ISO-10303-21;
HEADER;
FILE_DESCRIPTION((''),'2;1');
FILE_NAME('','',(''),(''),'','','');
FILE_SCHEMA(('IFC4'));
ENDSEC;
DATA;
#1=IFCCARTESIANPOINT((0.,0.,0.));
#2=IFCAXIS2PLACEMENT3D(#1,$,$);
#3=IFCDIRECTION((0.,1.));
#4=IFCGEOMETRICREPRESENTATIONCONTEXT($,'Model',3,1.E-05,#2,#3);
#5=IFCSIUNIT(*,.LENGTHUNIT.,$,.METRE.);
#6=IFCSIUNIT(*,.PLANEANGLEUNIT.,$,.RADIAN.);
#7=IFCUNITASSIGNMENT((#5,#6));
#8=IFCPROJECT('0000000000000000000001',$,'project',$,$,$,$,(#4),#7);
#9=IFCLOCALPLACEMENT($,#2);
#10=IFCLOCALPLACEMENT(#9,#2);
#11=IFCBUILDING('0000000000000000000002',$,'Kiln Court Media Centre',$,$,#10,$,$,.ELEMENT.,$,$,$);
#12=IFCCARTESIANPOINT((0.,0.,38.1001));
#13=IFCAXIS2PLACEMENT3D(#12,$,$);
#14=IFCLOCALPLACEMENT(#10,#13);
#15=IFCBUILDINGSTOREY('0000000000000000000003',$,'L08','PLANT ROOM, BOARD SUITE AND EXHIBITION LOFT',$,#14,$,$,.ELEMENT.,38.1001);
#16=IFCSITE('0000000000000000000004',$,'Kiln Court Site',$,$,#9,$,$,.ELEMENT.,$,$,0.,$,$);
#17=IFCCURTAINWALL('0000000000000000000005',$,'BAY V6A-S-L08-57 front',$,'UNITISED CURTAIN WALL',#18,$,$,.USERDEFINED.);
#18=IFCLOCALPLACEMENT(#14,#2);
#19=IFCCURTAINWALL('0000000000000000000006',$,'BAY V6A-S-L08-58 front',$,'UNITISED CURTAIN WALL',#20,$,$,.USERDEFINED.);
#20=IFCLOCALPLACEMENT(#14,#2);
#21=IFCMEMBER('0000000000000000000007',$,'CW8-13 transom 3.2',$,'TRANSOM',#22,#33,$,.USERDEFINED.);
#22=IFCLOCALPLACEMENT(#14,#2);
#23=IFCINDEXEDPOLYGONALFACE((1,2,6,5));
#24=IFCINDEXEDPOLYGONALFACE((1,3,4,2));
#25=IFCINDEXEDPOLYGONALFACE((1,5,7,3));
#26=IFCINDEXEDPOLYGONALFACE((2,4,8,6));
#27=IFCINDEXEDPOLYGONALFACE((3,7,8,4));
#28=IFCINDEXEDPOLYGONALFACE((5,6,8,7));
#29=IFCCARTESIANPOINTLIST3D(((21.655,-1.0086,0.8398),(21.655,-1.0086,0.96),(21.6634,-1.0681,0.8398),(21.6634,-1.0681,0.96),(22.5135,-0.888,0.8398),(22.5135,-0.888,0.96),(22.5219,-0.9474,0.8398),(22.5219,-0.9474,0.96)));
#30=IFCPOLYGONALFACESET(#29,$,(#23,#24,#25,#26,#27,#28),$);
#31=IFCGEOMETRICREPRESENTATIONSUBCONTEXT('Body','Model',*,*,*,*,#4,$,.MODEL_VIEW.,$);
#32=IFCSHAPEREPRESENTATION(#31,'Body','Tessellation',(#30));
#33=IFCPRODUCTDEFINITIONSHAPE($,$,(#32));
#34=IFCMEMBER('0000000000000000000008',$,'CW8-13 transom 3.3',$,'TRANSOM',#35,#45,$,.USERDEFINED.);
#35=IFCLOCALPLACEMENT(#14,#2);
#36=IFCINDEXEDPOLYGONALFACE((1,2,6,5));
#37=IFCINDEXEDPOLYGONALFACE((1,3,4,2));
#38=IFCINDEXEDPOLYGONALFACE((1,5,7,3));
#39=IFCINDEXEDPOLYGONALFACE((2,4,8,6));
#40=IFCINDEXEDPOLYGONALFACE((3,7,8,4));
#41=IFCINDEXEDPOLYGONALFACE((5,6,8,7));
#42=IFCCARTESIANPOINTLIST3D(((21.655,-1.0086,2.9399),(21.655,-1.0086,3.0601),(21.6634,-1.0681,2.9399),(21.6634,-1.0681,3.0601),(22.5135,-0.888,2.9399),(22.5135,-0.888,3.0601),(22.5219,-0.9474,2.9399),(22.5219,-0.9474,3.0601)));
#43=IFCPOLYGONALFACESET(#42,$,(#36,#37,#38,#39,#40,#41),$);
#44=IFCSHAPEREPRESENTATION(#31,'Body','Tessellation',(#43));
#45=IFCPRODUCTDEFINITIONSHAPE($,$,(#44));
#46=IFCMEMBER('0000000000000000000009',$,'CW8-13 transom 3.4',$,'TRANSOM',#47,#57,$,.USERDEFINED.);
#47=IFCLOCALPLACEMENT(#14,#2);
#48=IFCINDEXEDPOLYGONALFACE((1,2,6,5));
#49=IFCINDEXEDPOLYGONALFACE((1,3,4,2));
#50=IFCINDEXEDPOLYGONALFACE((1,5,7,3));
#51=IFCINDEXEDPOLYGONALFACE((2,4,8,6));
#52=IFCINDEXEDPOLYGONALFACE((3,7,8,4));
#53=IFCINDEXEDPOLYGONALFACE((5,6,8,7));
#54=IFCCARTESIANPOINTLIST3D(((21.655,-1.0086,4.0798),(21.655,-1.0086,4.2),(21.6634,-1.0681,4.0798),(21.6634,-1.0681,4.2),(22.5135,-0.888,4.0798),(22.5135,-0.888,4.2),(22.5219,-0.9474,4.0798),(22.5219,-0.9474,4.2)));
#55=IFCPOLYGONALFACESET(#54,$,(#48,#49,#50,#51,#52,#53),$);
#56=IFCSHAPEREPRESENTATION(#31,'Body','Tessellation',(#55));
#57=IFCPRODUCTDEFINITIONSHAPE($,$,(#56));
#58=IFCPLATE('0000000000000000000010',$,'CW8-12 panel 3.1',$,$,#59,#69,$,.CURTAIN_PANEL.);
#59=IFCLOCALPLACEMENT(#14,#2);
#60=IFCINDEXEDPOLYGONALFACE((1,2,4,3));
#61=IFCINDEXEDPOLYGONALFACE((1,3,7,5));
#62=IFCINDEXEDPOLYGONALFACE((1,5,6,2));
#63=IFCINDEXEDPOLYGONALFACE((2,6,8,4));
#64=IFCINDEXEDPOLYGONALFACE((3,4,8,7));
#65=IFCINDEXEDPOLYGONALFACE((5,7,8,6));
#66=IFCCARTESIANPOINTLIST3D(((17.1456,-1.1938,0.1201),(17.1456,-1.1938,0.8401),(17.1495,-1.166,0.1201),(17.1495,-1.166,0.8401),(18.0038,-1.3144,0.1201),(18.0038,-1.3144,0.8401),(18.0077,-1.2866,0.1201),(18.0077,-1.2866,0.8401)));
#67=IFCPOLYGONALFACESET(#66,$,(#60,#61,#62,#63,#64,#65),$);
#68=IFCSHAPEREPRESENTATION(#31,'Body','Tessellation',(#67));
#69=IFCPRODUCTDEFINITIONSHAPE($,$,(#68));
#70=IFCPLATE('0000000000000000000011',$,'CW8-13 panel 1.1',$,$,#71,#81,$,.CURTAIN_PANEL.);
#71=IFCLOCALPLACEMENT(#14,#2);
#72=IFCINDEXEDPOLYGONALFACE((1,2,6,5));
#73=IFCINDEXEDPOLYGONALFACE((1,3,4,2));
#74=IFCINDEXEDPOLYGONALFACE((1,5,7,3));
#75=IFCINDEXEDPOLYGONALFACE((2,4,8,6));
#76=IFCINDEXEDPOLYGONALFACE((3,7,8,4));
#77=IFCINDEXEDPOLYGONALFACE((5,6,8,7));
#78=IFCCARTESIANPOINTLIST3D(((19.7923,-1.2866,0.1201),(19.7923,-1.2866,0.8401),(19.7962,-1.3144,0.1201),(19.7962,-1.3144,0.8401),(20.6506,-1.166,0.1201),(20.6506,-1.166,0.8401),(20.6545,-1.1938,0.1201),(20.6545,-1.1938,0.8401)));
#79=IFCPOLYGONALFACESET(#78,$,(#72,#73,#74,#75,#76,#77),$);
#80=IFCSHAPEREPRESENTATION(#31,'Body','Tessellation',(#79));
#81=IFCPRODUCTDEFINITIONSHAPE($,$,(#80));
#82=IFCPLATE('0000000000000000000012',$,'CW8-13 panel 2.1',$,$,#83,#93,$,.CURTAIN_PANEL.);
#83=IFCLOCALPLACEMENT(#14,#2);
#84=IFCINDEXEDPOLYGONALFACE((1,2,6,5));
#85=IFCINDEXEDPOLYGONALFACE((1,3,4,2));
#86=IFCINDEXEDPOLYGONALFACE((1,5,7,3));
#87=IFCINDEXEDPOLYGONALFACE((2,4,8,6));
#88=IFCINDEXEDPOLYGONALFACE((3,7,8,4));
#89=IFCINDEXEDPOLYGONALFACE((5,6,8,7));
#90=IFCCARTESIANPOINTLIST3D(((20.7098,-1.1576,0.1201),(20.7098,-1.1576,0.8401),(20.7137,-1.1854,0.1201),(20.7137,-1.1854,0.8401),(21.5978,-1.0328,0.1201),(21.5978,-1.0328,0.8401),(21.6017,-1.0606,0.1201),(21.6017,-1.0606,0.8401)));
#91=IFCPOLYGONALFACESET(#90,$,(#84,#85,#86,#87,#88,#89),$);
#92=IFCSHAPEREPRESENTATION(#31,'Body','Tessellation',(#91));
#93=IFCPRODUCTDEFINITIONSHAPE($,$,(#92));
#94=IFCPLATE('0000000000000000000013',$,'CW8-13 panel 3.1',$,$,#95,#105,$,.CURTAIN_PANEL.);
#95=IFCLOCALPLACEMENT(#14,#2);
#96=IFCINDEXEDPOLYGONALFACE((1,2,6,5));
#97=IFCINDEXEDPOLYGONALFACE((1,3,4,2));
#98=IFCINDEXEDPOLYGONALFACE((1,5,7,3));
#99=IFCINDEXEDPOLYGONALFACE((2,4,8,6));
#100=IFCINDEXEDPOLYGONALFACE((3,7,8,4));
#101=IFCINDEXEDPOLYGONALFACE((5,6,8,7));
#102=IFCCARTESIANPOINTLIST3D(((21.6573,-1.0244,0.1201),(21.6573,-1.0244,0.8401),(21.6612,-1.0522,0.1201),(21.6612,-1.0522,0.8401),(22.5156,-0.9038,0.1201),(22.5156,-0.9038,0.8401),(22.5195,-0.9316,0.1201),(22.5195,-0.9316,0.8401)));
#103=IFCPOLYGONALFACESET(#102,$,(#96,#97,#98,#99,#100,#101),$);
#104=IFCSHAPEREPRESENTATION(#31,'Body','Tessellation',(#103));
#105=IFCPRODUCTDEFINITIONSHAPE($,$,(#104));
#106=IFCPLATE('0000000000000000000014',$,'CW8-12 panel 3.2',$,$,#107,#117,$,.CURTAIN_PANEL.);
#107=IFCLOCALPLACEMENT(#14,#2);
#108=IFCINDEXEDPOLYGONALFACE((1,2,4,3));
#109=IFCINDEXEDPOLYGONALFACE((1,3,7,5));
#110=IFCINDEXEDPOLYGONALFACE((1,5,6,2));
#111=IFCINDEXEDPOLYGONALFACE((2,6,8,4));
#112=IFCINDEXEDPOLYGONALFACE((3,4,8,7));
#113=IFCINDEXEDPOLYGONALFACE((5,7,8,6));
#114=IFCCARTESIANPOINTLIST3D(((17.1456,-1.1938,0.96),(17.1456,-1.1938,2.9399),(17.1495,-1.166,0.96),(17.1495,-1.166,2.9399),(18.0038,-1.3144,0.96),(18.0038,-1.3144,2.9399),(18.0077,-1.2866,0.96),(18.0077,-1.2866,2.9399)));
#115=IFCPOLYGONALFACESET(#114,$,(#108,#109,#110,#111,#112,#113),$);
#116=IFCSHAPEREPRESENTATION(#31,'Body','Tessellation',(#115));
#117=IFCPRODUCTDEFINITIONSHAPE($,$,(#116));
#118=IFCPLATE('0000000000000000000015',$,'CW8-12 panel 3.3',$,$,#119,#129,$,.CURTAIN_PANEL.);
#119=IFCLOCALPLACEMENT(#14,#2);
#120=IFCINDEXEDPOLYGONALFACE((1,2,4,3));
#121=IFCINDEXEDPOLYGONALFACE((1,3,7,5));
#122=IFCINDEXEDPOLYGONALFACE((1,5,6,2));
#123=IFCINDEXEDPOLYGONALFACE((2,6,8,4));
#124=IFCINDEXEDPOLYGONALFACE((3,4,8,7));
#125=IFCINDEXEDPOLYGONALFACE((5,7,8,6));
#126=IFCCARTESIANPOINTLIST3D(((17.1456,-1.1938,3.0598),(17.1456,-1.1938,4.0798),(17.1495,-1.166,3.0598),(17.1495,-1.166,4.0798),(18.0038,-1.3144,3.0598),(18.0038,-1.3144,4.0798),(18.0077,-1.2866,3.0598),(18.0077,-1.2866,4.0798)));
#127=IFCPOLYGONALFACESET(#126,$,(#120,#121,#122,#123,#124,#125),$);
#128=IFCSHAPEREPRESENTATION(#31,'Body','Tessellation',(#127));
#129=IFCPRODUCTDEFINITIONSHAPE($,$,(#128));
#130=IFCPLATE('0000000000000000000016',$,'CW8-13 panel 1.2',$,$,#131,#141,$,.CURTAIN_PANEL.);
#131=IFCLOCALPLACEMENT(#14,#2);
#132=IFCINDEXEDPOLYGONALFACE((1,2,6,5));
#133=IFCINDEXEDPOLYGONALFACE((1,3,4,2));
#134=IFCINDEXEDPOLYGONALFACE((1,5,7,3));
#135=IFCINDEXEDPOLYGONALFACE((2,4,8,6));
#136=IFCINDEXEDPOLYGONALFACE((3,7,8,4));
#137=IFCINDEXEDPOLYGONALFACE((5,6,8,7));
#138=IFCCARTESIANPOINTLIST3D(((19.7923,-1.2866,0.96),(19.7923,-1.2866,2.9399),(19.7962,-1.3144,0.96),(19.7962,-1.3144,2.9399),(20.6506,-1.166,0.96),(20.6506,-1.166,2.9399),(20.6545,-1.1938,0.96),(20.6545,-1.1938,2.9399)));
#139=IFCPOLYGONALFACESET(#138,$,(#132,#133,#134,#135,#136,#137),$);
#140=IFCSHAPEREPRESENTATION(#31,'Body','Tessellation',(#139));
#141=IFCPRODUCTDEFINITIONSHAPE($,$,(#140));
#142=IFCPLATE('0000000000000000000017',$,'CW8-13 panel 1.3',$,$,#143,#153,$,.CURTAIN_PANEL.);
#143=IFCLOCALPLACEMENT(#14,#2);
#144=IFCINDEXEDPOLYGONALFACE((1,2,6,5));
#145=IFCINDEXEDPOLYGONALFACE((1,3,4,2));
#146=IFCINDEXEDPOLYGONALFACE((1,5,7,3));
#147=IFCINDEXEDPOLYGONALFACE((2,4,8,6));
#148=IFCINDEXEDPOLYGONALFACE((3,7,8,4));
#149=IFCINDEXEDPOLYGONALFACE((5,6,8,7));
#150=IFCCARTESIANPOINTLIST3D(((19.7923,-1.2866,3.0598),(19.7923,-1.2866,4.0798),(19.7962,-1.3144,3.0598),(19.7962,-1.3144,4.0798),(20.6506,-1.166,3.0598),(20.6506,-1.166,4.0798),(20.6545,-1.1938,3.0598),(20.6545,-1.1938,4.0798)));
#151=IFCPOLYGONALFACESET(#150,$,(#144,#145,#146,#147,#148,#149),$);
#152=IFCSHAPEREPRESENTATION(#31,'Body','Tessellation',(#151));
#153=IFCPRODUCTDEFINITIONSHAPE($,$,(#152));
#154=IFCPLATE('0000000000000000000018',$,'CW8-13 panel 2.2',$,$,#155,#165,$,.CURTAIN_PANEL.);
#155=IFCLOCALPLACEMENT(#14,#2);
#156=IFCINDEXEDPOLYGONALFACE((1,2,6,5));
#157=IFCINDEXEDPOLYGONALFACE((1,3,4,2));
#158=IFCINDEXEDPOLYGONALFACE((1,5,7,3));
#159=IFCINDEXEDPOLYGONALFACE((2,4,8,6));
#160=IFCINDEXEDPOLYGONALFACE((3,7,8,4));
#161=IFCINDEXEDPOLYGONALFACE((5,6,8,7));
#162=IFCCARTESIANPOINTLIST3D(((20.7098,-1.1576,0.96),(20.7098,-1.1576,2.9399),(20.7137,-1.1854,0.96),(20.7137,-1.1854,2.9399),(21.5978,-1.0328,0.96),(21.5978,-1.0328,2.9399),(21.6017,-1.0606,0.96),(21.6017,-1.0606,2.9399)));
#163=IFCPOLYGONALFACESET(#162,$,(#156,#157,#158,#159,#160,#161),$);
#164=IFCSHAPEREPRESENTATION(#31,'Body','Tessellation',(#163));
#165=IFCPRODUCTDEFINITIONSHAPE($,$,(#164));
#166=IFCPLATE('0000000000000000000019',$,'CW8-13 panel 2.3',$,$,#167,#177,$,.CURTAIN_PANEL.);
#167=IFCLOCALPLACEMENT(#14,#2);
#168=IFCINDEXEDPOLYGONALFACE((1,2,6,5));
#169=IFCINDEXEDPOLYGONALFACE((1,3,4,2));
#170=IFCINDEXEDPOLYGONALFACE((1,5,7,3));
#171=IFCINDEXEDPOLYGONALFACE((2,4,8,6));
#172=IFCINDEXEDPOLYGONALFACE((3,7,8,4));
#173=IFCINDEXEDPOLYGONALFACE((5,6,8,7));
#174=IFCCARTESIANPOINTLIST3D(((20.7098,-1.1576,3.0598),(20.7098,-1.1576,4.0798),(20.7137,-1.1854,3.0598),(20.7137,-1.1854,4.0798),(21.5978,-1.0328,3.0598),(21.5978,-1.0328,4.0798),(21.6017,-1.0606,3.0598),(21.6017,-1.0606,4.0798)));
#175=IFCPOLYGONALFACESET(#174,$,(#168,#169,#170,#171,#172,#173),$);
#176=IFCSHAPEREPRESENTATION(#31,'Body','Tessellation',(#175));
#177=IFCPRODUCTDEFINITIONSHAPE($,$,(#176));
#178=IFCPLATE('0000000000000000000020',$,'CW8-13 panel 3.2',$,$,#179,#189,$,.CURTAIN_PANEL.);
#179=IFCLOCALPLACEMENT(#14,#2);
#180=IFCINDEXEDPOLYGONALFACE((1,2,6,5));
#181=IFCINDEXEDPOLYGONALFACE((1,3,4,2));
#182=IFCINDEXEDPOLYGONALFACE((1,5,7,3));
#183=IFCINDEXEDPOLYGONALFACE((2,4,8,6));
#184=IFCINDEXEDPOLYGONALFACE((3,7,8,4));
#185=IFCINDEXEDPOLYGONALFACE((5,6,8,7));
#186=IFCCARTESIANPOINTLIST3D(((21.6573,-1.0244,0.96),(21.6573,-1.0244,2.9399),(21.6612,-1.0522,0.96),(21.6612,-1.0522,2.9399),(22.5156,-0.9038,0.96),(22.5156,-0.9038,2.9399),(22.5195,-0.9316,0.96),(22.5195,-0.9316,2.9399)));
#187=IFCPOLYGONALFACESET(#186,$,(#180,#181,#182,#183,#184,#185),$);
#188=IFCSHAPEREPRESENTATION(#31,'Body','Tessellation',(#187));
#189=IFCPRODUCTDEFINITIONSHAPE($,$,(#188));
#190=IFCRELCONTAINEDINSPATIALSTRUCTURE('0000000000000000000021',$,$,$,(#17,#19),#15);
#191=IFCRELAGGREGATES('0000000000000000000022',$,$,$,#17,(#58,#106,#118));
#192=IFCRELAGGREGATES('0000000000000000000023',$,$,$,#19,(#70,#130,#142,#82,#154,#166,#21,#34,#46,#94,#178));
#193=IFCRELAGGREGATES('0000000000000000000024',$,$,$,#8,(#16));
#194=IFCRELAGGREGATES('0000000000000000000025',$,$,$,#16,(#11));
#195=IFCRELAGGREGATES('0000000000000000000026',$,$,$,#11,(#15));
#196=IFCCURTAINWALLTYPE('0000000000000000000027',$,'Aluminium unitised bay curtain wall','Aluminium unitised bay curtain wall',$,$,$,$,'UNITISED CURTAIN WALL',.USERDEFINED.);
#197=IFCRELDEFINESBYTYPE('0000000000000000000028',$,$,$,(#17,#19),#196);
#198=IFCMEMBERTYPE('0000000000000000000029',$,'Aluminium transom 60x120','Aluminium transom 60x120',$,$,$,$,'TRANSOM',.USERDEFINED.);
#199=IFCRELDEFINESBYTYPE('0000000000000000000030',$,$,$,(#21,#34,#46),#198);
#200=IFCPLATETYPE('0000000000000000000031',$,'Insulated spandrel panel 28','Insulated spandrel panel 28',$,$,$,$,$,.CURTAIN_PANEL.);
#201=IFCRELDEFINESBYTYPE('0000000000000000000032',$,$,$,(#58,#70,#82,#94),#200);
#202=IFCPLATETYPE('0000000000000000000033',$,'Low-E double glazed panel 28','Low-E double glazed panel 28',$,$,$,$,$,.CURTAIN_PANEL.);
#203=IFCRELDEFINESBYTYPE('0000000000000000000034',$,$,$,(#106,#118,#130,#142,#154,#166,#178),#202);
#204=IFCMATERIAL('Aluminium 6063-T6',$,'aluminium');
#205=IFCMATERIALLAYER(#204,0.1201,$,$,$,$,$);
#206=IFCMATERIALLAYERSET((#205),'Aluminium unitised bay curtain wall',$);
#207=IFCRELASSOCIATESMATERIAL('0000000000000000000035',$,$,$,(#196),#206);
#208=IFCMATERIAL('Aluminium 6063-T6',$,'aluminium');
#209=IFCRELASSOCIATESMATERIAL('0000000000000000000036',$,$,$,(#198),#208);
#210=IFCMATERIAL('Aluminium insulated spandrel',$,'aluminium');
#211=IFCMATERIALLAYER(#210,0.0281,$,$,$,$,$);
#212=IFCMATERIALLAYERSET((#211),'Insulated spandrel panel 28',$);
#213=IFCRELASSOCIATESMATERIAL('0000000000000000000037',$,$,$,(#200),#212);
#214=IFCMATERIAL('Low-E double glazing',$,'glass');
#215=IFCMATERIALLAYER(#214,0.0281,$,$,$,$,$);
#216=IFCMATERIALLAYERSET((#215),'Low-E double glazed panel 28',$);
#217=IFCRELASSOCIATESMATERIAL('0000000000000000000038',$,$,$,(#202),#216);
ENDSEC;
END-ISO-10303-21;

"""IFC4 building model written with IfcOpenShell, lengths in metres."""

from ifc_helpers import new_model, si_unit, direction, frame, origin, origin_2d, place, context, subcontext, project, spatial, rectangle, extrude, material, layer, layer_set, material_profile, profile_set, type_object, element, aggregate, save


model = new_model("IFC4")

# Units and contexts
model_context = context("Model", 3, precision=1e-05, world=origin(), true_north=direction((0.0, 1.0)))
body_context = subcontext(model_context, "Body", "Model", "MODEL_VIEW")
ifc_project = project(units=[si_unit("LENGTHUNIT", "METRE"), si_unit("PLANEANGLEUNIT", "RADIAN")], contexts=[model_context])

# Site, building, storey
site_placement = place(None, origin())
site = spatial("IfcSite", under=ifc_project, at=site_placement, Name="Kiln Court Site", CompositionType="ELEMENT", RefElevation=0.0)
building_placement = place(site_placement, origin())
building = spatial("IfcBuilding", under=site, at=building_placement, Name="Kiln Court Media Centre", CompositionType="ELEMENT")
storey_placement = place(building_placement, frame((0.0, 0.0, 38.1001)))
storey = spatial("IfcBuildingStorey", under=building, at=storey_placement, Name="L08", Description="PLANT ROOM, BOARD SUITE AND EXHIBITION LOFT", CompositionType="ELEMENT", Elevation=38.1001)

# Curtain wall
ifc_material_1 = material(Name="Aluminium 6063-T6", Category="aluminium")
ifc_layer_1 = layer(ifc_material_1, 0.1201)
ifc_layer_set_1 = layer_set([ifc_layer_1], Name="Aluminium unitised bay curtain wall")
curtain_wall_type = type_object("IfcCurtainWallType", Name="Aluminium unitised bay curtain wall", Description="Aluminium unitised bay curtain wall", ElementType="UNITISED CURTAIN WALL", PredefinedType="USERDEFINED", material=ifc_layer_set_1)
curtain_wall_1_placement = place(storey_placement, origin())
curtain_wall_1 = element("IfcCurtainWall", 1, at=curtain_wall_1_placement, inside=storey, type_object=curtain_wall_type, Name="BAY V6A-S-L08-57 front", ObjectType="UNITISED CURTAIN WALL", PredefinedType="USERDEFINED")

# Curtain wall
curtain_wall_2_placement = place(storey_placement, origin())
curtain_wall_2 = element("IfcCurtainWall", 2, at=curtain_wall_2_placement, inside=storey, type_object=curtain_wall_type, Name="BAY V6A-S-L08-58 front", ObjectType="UNITISED CURTAIN WALL", PredefinedType="USERDEFINED")

# Members
ifc_material_2 = material(Name="Aluminium 6063-T6", Category="aluminium")
ifc_material_profile_1 = material_profile(ifc_material_2, rectangle(XDim=0.0601, YDim=0.1201, at=origin_2d()), Name="Aluminium transom 60x120")
ifc_profile_set_1 = profile_set([ifc_material_profile_1], Name="Aluminium 6063-T6")
member_type_1 = type_object("IfcMemberType", Name="Aluminium transom 60x120", Description="Aluminium transom 60x120", ElementType="TRANSOM", PredefinedType="USERDEFINED", material=ifc_profile_set_1)
member_1_placement = place(storey_placement, frame((21.6592, -1.0383, 0.8999), z_axis=(0.990274, 0.139134, 0.0), x_axis=(-0.139134, 0.990274, 0.0)))
member_1 = element("IfcMember", 3, at=member_1_placement, type_object=member_type_1, Name="CW8-13 transom 3.2", ObjectType="TRANSOM", PredefinedType="USERDEFINED", context=body_context, shape_type="SweptSolid", body=[
    extrude(rectangle(XDim=0.0601, YDim=0.1201, at=origin_2d()), origin(), (0.0, 0.0, 1.0), 0.8669),
])
member_2_placement = place(storey_placement, frame((21.6592, -1.0383, 3.0), z_axis=(0.990274, 0.139134, 0.0), x_axis=(-0.139134, 0.990274, 0.0)))
member_2 = element("IfcMember", 4, at=member_2_placement, type_object=member_type_1, Name="CW8-13 transom 3.3", ObjectType="TRANSOM", PredefinedType="USERDEFINED", context=body_context, shape_type="SweptSolid", body=[
    extrude(rectangle(XDim=0.0601, YDim=0.1201, at=origin_2d()), origin(), (0.0, 0.0, 1.0), 0.8669),
])
member_3_placement = place(storey_placement, frame((21.6592, -1.0383, 4.1399), z_axis=(0.990274, 0.139134, 0.0), x_axis=(-0.139134, 0.990274, 0.0)))
member_3 = element("IfcMember", 5, at=member_3_placement, type_object=member_type_1, Name="CW8-13 transom 3.4", ObjectType="TRANSOM", PredefinedType="USERDEFINED", context=body_context, shape_type="SweptSolid", body=[
    extrude(rectangle(XDim=0.0601, YDim=0.1201, at=origin_2d()), origin(), (0.0, 0.0, 1.0), 0.8669),
])

# Plates
ifc_material_3 = material(Name="Aluminium insulated spandrel", Category="aluminium")
ifc_layer_2 = layer(ifc_material_3, 0.0281)
ifc_layer_set_2 = layer_set([ifc_layer_2], Name="Insulated spandrel panel 28")
plate_type_1 = type_object("IfcPlateType", Name="Insulated spandrel panel 28", Description="Insulated spandrel panel 28", PredefinedType="CURTAIN_PANEL", material=ifc_layer_set_2)
plate_1_placement = place(storey_placement, frame((17.5767, -1.2402, 0.1201), z_axis=(0.0, 0.0, 1.0), x_axis=(0.99027, -0.139162, 0.0)))
plate_1 = element("IfcPlate", 6, at=plate_1_placement, type_object=plate_type_1, Name="CW8-12 panel 3.1", PredefinedType="CURTAIN_PANEL", context=body_context, shape_type="SweptSolid", body=[
    extrude(rectangle(XDim=0.8667, YDim=0.0281, at=origin_2d()), origin(), (0.0, 0.0, 1.0), 0.72),
])
plate_2_placement = place(storey_placement, frame((20.2234, -1.2402, 0.1201), z_axis=(0.0, 0.0, 1.0), x_axis=(0.99027, 0.139162, 0.0)))
plate_2 = element("IfcPlate", 7, at=plate_2_placement, type_object=plate_type_1, Name="CW8-13 panel 1.1", PredefinedType="CURTAIN_PANEL", context=body_context, shape_type="SweptSolid", body=[
    extrude(rectangle(XDim=0.8667, YDim=0.0281, at=origin_2d()), origin(), (0.0, 0.0, 1.0), 0.72),
])
plate_3_placement = place(storey_placement, frame((21.1558, -1.1091, 0.1201), z_axis=(0.0, 0.0, 1.0), x_axis=(0.99027, 0.139162, 0.0)))
plate_3 = element("IfcPlate", 8, at=plate_3_placement, type_object=plate_type_1, Name="CW8-13 panel 2.1", PredefinedType="CURTAIN_PANEL", context=body_context, shape_type="SweptSolid", body=[
    extrude(rectangle(XDim=0.8967, YDim=0.0281, at=origin_2d()), origin(), (0.0, 0.0, 1.0), 0.72),
])
plate_4_placement = place(storey_placement, frame((22.0884, -0.978, 0.1201), z_axis=(0.0, 0.0, 1.0), x_axis=(0.99027, 0.139162, 0.0)))
plate_4 = element("IfcPlate", 9, at=plate_4_placement, type_object=plate_type_1, Name="CW8-13 panel 3.1", PredefinedType="CURTAIN_PANEL", context=body_context, shape_type="SweptSolid", body=[
    extrude(rectangle(XDim=0.8667, YDim=0.0281, at=origin_2d()), origin(), (0.0, 0.0, 1.0), 0.72),
])
ifc_material_4 = material(Name="Low-E double glazing", Category="glass")
ifc_layer_3 = layer(ifc_material_4, 0.0281)
ifc_layer_set_3 = layer_set([ifc_layer_3], Name="Low-E double glazed panel 28")
plate_type_2 = type_object("IfcPlateType", Name="Low-E double glazed panel 28", Description="Low-E double glazed panel 28", PredefinedType="CURTAIN_PANEL", material=ifc_layer_set_3)
plate_5_placement = place(storey_placement, frame((17.5767, -1.2402, 0.96), z_axis=(0.0, 0.0, 1.0), x_axis=(0.99027, -0.139162, 0.0)))
plate_5 = element("IfcPlate", 10, at=plate_5_placement, type_object=plate_type_2, Name="CW8-12 panel 3.2", PredefinedType="CURTAIN_PANEL", context=body_context, shape_type="SweptSolid", body=[
    extrude(rectangle(XDim=0.8667, YDim=0.0281, at=origin_2d()), origin(), (0.0, 0.0, 1.0), 1.98),
])
plate_6_placement = place(storey_placement, frame((17.5767, -1.2402, 3.0598), z_axis=(0.0, 0.0, 1.0), x_axis=(0.99027, -0.139162, 0.0)))
plate_6 = element("IfcPlate", 11, at=plate_6_placement, type_object=plate_type_2, Name="CW8-12 panel 3.3", PredefinedType="CURTAIN_PANEL", context=body_context, shape_type="SweptSolid", body=[
    extrude(rectangle(XDim=0.8667, YDim=0.0281, at=origin_2d()), origin(), (0.0, 0.0, 1.0), 1.02),
])
aggregate(curtain_wall_1, [plate_1, plate_5, plate_6])
plate_7_placement = place(storey_placement, frame((20.2234, -1.2402, 0.96), z_axis=(0.0, 0.0, 1.0), x_axis=(0.99027, 0.139162, 0.0)))
plate_7 = element("IfcPlate", 12, at=plate_7_placement, type_object=plate_type_2, Name="CW8-13 panel 1.2", PredefinedType="CURTAIN_PANEL", context=body_context, shape_type="SweptSolid", body=[
    extrude(rectangle(XDim=0.8667, YDim=0.0281, at=origin_2d()), origin(), (0.0, 0.0, 1.0), 1.98),
])
plate_8_placement = place(storey_placement, frame((20.2234, -1.2402, 3.0598), z_axis=(0.0, 0.0, 1.0), x_axis=(0.99027, 0.139162, 0.0)))
plate_8 = element("IfcPlate", 13, at=plate_8_placement, type_object=plate_type_2, Name="CW8-13 panel 1.3", PredefinedType="CURTAIN_PANEL", context=body_context, shape_type="SweptSolid", body=[
    extrude(rectangle(XDim=0.8667, YDim=0.0281, at=origin_2d()), origin(), (0.0, 0.0, 1.0), 1.02),
])
plate_9_placement = place(storey_placement, frame((21.1558, -1.1091, 0.96), z_axis=(0.0, 0.0, 1.0), x_axis=(0.99027, 0.139162, 0.0)))
plate_9 = element("IfcPlate", 14, at=plate_9_placement, type_object=plate_type_2, Name="CW8-13 panel 2.2", PredefinedType="CURTAIN_PANEL", context=body_context, shape_type="SweptSolid", body=[
    extrude(rectangle(XDim=0.8967, YDim=0.0281, at=origin_2d()), origin(), (0.0, 0.0, 1.0), 1.98),
])
plate_10_placement = place(storey_placement, frame((21.1558, -1.1091, 3.0598), z_axis=(0.0, 0.0, 1.0), x_axis=(0.99027, 0.139162, 0.0)))
plate_10 = element("IfcPlate", 15, at=plate_10_placement, type_object=plate_type_2, Name="CW8-13 panel 2.3", PredefinedType="CURTAIN_PANEL", context=body_context, shape_type="SweptSolid", body=[
    extrude(rectangle(XDim=0.8967, YDim=0.0281, at=origin_2d()), origin(), (0.0, 0.0, 1.0), 1.02),
])
plate_11_placement = place(storey_placement, frame((22.0884, -0.978, 0.96), z_axis=(0.0, 0.0, 1.0), x_axis=(0.99027, 0.139162, 0.0)))
plate_11 = element("IfcPlate", 16, at=plate_11_placement, type_object=plate_type_2, Name="CW8-13 panel 3.2", PredefinedType="CURTAIN_PANEL", context=body_context, shape_type="SweptSolid", body=[
    extrude(rectangle(XDim=0.8667, YDim=0.0281, at=origin_2d()), origin(), (0.0, 0.0, 1.0), 1.98),
])
aggregate(curtain_wall_2, [plate_2, plate_7, plate_8, plate_3, plate_9, plate_10, member_1, member_2, member_3, plate_4, plate_11])

save(model, "model.ifc")
